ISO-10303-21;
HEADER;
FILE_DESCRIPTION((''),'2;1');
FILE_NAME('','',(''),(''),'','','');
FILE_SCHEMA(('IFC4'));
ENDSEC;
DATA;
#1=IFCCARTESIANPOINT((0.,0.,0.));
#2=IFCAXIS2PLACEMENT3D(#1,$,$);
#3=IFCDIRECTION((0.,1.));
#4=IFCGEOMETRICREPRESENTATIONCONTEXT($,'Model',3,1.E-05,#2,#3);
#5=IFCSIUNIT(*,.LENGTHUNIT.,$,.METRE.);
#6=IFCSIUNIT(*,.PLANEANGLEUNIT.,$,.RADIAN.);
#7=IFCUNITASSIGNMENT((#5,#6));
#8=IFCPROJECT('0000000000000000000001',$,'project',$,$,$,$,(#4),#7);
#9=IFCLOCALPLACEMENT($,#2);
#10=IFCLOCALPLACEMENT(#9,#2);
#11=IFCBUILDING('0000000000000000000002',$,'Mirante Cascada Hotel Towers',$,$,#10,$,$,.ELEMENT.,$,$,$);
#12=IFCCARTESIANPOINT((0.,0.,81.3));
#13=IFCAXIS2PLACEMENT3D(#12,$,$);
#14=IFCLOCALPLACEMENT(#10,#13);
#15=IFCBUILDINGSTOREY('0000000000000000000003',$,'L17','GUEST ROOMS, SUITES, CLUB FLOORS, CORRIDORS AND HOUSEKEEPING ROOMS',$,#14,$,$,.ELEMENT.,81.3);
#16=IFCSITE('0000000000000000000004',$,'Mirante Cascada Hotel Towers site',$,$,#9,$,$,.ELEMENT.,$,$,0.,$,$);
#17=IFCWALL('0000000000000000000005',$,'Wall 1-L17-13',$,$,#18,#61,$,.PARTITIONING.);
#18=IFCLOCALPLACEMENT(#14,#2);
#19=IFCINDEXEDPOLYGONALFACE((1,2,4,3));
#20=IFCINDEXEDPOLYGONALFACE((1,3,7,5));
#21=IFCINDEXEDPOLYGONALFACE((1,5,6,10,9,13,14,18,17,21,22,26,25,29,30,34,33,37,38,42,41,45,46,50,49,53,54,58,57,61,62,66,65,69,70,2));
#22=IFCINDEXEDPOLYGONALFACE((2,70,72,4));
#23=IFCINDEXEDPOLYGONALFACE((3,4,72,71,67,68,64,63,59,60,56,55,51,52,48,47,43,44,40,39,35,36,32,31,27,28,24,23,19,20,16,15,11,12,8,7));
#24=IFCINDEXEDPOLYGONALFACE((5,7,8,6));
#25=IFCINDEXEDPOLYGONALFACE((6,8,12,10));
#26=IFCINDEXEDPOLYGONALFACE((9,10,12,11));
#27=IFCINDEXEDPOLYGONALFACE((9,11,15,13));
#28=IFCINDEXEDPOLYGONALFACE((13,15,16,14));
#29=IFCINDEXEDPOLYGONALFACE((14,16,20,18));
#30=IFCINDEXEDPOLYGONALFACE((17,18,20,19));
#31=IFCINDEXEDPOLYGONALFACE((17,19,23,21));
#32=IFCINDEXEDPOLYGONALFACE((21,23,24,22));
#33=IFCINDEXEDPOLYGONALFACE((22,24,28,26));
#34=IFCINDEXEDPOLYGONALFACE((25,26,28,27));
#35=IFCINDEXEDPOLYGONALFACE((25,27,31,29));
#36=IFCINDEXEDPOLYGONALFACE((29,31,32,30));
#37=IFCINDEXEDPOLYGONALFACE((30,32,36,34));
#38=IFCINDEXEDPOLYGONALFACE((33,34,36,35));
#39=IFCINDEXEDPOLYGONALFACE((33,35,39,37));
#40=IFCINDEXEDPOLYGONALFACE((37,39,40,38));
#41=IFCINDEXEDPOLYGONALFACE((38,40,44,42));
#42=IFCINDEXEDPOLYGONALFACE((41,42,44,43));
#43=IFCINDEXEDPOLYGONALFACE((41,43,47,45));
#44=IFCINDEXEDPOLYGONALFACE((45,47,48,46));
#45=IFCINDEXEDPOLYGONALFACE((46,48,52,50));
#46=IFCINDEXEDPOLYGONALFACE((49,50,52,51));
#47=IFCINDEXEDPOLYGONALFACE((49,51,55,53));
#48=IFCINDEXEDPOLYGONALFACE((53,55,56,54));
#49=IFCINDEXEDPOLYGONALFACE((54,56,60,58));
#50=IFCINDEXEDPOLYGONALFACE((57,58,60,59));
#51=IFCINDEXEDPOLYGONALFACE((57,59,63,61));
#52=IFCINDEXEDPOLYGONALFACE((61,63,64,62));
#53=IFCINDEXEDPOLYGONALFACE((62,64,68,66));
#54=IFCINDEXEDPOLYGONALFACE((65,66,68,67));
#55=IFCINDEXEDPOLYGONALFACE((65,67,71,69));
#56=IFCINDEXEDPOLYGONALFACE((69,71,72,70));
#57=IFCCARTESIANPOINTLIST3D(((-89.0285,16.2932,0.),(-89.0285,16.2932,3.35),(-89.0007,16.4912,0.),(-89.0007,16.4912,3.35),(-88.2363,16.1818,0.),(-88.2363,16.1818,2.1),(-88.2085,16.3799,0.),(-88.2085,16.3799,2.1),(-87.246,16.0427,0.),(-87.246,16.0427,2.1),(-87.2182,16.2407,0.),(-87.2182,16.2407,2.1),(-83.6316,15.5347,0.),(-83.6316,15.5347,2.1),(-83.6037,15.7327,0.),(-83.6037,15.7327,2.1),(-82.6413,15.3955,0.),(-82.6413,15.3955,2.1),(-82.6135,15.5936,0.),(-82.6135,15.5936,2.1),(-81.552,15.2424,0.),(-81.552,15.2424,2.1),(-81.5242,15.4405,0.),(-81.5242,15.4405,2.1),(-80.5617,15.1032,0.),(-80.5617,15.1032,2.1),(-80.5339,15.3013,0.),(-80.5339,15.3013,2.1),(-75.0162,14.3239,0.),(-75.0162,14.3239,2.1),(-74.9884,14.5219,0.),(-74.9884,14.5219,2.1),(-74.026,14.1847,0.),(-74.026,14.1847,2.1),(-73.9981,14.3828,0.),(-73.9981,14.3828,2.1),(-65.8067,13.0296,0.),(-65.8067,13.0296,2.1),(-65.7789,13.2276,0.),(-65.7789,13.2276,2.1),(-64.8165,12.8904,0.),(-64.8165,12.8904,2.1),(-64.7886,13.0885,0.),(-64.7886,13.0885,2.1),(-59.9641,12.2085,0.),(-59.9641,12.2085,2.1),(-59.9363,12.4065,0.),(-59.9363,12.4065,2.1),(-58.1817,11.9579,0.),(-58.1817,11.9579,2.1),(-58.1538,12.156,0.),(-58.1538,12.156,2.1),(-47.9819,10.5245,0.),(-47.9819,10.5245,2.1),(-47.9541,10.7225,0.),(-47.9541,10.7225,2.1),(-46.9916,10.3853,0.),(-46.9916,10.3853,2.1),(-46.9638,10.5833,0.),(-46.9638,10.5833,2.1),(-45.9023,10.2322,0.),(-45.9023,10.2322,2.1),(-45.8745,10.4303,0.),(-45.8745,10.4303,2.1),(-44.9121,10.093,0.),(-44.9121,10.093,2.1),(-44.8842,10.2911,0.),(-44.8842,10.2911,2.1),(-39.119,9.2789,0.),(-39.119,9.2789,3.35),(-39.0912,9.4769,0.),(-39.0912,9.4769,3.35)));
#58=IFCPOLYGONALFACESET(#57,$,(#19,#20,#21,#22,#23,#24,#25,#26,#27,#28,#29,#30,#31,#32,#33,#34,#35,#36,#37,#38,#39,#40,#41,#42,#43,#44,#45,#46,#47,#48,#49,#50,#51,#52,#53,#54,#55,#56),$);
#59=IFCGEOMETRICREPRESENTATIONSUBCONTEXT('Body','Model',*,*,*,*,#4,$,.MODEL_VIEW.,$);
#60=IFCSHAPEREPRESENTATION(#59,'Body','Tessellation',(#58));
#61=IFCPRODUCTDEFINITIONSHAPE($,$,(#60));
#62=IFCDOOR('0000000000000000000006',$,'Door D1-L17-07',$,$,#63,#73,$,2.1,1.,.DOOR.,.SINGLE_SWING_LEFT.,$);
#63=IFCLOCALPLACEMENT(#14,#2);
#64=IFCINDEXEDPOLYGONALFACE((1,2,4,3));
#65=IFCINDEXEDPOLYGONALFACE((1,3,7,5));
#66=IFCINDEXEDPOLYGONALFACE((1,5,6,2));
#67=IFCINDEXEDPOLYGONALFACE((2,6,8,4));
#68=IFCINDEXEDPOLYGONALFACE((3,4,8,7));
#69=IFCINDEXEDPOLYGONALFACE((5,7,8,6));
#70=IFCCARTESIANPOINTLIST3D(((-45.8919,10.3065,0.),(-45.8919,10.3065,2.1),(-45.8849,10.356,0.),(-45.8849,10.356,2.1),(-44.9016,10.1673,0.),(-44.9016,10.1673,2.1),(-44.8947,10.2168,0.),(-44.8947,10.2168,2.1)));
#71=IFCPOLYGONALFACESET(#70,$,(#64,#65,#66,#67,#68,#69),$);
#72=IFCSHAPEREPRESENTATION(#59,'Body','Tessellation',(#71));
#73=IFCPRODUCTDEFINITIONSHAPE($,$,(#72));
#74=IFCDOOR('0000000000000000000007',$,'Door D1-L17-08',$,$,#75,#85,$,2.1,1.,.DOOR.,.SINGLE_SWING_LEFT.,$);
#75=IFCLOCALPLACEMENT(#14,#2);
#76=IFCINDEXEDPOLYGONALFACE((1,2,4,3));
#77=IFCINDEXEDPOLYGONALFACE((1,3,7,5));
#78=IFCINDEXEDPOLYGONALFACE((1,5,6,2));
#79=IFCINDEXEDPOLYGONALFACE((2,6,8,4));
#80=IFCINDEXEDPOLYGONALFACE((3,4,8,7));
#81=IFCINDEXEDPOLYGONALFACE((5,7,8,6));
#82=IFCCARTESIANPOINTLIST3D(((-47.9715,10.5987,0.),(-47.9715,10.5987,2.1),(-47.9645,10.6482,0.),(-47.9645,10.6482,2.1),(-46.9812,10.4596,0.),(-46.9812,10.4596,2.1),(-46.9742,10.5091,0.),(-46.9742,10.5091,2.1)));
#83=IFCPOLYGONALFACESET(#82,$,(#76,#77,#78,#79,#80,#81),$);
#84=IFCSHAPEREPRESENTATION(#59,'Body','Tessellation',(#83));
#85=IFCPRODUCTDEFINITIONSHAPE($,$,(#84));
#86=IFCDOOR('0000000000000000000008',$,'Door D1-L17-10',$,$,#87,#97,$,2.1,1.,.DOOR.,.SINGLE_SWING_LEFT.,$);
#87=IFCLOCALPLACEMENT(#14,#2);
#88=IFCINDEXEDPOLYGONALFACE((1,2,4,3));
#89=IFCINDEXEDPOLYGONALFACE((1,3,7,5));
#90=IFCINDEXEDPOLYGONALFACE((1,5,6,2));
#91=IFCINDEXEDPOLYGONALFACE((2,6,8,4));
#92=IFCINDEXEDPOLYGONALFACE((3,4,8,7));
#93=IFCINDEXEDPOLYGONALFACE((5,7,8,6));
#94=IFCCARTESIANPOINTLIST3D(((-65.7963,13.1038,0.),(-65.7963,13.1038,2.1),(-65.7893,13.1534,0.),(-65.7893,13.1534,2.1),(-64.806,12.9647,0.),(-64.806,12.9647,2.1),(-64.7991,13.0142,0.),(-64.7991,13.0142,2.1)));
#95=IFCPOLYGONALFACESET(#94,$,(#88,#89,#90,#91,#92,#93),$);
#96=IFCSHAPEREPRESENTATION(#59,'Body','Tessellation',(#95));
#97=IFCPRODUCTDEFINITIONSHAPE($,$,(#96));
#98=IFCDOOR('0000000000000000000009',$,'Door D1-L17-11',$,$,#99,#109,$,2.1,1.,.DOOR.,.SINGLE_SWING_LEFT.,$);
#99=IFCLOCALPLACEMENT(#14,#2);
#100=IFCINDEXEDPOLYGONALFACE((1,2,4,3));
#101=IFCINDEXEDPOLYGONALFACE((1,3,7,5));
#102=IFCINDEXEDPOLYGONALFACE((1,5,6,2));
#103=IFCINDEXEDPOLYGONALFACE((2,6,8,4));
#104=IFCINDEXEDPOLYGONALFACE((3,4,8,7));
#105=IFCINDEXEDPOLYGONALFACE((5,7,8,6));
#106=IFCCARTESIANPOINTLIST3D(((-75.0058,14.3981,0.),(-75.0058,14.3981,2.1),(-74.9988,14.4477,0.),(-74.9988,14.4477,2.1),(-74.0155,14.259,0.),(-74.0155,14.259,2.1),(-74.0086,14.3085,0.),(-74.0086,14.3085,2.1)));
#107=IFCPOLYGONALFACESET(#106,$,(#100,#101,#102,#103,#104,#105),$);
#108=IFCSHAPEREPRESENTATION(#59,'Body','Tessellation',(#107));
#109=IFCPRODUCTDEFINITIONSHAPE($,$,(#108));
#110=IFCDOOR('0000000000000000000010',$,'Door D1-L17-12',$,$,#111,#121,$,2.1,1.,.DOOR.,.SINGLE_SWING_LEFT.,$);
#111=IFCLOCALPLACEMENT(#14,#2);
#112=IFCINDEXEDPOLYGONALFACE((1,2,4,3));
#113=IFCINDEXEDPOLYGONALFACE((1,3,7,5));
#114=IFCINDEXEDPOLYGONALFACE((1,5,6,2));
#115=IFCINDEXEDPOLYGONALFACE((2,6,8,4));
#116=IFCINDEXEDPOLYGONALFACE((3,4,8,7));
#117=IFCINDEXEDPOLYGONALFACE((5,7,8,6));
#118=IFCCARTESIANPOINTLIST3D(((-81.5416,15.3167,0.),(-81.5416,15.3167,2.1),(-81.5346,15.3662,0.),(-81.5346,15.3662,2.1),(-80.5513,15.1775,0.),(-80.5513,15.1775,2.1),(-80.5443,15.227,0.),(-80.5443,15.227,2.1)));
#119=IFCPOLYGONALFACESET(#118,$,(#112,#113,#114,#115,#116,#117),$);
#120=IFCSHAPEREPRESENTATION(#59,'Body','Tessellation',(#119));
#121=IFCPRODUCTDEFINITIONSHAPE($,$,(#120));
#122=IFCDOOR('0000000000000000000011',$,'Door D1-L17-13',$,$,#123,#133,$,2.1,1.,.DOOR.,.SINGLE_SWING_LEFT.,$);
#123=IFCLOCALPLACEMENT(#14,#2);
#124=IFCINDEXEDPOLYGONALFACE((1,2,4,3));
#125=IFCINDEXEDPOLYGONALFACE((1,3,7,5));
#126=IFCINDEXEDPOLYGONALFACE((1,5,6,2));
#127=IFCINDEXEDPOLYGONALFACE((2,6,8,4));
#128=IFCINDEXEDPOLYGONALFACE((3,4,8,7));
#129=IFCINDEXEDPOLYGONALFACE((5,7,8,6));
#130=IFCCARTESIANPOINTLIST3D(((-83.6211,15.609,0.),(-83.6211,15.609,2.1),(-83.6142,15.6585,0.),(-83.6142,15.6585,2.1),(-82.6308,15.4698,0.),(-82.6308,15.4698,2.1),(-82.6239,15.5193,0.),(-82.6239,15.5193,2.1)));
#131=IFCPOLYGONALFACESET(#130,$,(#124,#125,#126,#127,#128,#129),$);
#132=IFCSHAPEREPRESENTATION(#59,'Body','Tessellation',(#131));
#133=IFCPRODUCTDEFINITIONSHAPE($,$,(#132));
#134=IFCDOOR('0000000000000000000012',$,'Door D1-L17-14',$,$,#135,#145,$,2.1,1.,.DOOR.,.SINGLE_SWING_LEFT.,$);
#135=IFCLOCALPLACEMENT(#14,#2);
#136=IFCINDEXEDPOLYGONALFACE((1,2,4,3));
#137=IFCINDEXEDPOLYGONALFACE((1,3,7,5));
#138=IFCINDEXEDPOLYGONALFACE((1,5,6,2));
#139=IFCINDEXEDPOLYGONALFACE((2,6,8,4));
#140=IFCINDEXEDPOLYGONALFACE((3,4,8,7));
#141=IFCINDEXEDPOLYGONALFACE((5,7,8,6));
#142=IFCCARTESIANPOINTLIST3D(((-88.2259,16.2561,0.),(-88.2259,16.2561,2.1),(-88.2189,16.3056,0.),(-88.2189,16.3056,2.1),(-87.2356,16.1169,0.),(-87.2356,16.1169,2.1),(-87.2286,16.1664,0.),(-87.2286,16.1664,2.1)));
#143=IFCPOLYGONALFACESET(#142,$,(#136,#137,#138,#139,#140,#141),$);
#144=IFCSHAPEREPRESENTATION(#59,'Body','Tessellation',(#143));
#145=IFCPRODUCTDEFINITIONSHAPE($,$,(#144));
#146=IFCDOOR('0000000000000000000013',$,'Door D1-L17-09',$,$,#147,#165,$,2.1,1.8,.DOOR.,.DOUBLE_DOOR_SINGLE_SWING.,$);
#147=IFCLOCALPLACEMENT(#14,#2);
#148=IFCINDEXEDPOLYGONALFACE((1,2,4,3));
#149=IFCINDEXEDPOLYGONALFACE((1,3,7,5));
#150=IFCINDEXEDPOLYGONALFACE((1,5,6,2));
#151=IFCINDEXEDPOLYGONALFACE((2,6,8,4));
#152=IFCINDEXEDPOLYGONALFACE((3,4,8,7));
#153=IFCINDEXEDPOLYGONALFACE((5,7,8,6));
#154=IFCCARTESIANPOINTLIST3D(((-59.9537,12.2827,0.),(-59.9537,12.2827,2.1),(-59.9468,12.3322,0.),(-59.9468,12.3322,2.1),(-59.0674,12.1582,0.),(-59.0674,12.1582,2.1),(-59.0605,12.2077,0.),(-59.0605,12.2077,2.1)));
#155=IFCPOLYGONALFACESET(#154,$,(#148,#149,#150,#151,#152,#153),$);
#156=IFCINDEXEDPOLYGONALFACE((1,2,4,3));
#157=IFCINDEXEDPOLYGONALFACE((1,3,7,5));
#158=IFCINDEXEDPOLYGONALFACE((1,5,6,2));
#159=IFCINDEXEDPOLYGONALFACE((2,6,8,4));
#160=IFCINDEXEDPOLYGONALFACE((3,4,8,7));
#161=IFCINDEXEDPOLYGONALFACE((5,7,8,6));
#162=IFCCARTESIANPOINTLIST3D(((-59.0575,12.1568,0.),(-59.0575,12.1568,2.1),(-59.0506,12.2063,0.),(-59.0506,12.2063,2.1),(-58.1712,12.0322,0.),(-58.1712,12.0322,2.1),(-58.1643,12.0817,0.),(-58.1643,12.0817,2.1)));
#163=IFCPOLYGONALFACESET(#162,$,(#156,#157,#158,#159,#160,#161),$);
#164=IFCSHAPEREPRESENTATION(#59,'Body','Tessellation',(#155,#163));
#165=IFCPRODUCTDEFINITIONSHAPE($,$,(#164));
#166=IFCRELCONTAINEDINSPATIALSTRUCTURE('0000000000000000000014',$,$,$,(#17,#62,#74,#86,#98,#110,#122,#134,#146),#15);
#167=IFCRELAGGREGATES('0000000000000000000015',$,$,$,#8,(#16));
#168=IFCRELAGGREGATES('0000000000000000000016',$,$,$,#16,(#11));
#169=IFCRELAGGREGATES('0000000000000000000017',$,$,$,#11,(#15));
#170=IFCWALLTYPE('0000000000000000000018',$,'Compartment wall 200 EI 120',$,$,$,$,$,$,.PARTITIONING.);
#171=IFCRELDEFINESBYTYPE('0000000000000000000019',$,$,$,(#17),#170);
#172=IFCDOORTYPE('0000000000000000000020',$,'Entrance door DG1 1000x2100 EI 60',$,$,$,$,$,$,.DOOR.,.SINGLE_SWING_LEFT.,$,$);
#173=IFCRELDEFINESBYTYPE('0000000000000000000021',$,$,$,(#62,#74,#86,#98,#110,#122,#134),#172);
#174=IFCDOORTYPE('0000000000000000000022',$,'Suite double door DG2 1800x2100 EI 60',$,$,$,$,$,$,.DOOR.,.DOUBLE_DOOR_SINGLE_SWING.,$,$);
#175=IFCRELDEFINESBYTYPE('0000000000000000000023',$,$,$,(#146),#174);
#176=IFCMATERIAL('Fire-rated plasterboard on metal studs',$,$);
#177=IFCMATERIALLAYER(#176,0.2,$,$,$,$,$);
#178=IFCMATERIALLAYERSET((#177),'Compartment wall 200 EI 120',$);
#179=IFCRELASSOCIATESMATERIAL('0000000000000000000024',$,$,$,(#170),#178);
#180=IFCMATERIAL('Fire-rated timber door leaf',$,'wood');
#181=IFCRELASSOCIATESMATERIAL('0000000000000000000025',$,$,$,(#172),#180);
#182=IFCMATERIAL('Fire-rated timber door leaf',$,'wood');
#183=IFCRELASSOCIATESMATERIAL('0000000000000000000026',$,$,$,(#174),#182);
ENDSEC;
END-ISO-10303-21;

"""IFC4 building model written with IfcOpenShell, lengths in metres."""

from ifc_helpers import new_model, si_unit, direction, frame, frame_2d, origin, place, context, subcontext, project, spatial, rectangle, extrude, material, layer, layer_set, type_object, element, fill, save


model = new_model("IFC4")

# Units and contexts
model_context = context("Model", 3, precision=1e-05, world=origin(), true_north=direction((0.0, 1.0)))
body_context = subcontext(model_context, "Body", "Model", "MODEL_VIEW")
ifc_project = project(units=[si_unit("LENGTHUNIT", "METRE"), si_unit("PLANEANGLEUNIT", "RADIAN")], contexts=[model_context])

# Site, building, storey
site_placement = place(None, origin())
site = spatial("IfcSite", under=ifc_project, at=site_placement, Name="Mirante Cascada Hotel Towers site", CompositionType="ELEMENT", RefElevation=0.0)
building_placement = place(site_placement, origin())
building = spatial("IfcBuilding", under=site, at=building_placement, Name="Mirante Cascada Hotel Towers", CompositionType="ELEMENT")
storey_placement = place(building_placement, frame((0.0, 0.0, 81.3)))
storey = spatial("IfcBuildingStorey", under=building, at=storey_placement, Name="L17", Description="GUEST ROOMS, SUITES, CLUB FLOORS, CORRIDORS AND HOUSEKEEPING ROOMS", CompositionType="ELEMENT", Elevation=81.3)

# Wall, openings, doors
ifc_material_1 = material(Name="Fire-rated plasterboard on metal studs")
ifc_layer_1 = layer(ifc_material_1, 0.2)
ifc_layer_set_1 = layer_set([ifc_layer_1], Name="Compartment wall 200 EI 120")
wall_type_1 = type_object("IfcWallType", Name="Compartment wall 200 EI 120", PredefinedType="PARTITIONING", material=ifc_layer_set_1)
wall_1_placement = place(storey_placement, frame((-89.0146, 16.3922, 0.0), z_axis=(0.0, 0.0, 1.0), x_axis=(0.990268, -0.139173, 0.0)))
wall_1 = element("IfcWall", 1, at=wall_1_placement, inside=storey, type_object=wall_type_1, Name="Wall 1-L17-13", PredefinedType="PARTITIONING", context=body_context, shape_type="SweptSolid", body=[
    extrude(rectangle(XDim=50.4, YDim=0.2, at=frame_2d((25.2, 0.0))), origin(), (0.0, 0.0, 1.0), 3.35),
])
opening_1_placement = place(wall_1_placement, frame((43.55, 0.0, 0.0)))
opening_1 = element("IfcOpeningElement", 2, at=opening_1_placement, cuts=wall_1, PredefinedType="OPENING", context=body_context, shape_type="SweptSolid", body=[
    extrude(rectangle(XDim=1.0, YDim=2.1, at=frame_2d((0.5, 1.05))), frame((0.0, 0.1, 0.0), z_axis=(0.0, -1.0, 0.0), x_axis=(1.0, 0.0, 0.0)), (0.0, 0.0, 1.0), 0.2),
])
opening_2_placement = place(wall_1_placement, frame((41.45, 0.0, 0.0)))
opening_2 = element("IfcOpeningElement", 3, at=opening_2_placement, cuts=wall_1, PredefinedType="OPENING", context=body_context, shape_type="SweptSolid", body=[
    extrude(rectangle(XDim=1.0, YDim=2.1, at=frame_2d((0.5, 1.05))), frame((0.0, 0.1, 0.0), z_axis=(0.0, -1.0, 0.0), x_axis=(1.0, 0.0, 0.0)), (0.0, 0.0, 1.0), 0.2),
])
opening_3_placement = place(wall_1_placement, frame((29.35, 0.0, 0.0)))
opening_3 = element("IfcOpeningElement", 4, at=opening_3_placement, cuts=wall_1, PredefinedType="OPENING", context=body_context, shape_type="SweptSolid", body=[
    extrude(rectangle(XDim=1.8, YDim=2.1, at=frame_2d((0.9, 1.05))), frame((0.0, 0.1, 0.0), z_axis=(0.0, -1.0, 0.0), x_axis=(1.0, 0.0, 0.0)), (0.0, 0.0, 1.0), 0.2),
])
opening_4_placement = place(wall_1_placement, frame((23.45, 0.0, 0.0)))
opening_4 = element("IfcOpeningElement", 5, at=opening_4_placement, cuts=wall_1, PredefinedType="OPENING", context=body_context, shape_type="SweptSolid", body=[
    extrude(rectangle(XDim=1.0, YDim=2.1, at=frame_2d((0.5, 1.05))), frame((0.0, 0.1, 0.0), z_axis=(0.0, -1.0, 0.0), x_axis=(1.0, 0.0, 0.0)), (0.0, 0.0, 1.0), 0.2),
])
opening_5_placement = place(wall_1_placement, frame((14.15, 0.0, 0.0)))
opening_5 = element("IfcOpeningElement", 6, at=opening_5_placement, cuts=wall_1, PredefinedType="OPENING", context=body_context, shape_type="SweptSolid", body=[
    extrude(rectangle(XDim=1.0, YDim=2.1, at=frame_2d((0.5, 1.05))), frame((0.0, 0.1, 0.0), z_axis=(0.0, -1.0, 0.0), x_axis=(1.0, 0.0, 0.0)), (0.0, 0.0, 1.0), 0.2),
])
opening_6_placement = place(wall_1_placement, frame((7.55, 0.0, 0.0)))
opening_6 = element("IfcOpeningElement", 7, at=opening_6_placement, cuts=wall_1, PredefinedType="OPENING", context=body_context, shape_type="SweptSolid", body=[
    extrude(rectangle(XDim=1.0, YDim=2.1, at=frame_2d((0.5, 1.05))), frame((0.0, 0.1, 0.0), z_axis=(0.0, -1.0, 0.0), x_axis=(1.0, 0.0, 0.0)), (0.0, 0.0, 1.0), 0.2),
])
opening_7_placement = place(wall_1_placement, frame((5.45, 0.0, 0.0)))
opening_7 = element("IfcOpeningElement", 8, at=opening_7_placement, cuts=wall_1, PredefinedType="OPENING", context=body_context, shape_type="SweptSolid", body=[
    extrude(rectangle(XDim=1.0, YDim=2.1, at=frame_2d((0.5, 1.05))), frame((0.0, 0.1, 0.0), z_axis=(0.0, -1.0, 0.0), x_axis=(1.0, 0.0, 0.0)), (0.0, 0.0, 1.0), 0.2),
])
opening_8_placement = place(wall_1_placement, frame((0.8, 0.0, 0.0)))
opening_8 = element("IfcOpeningElement", 9, at=opening_8_placement, cuts=wall_1, PredefinedType="OPENING", context=body_context, shape_type="SweptSolid", body=[
    extrude(rectangle(XDim=1.0, YDim=2.1, at=frame_2d((0.5, 1.05))), frame((0.0, 0.1, 0.0), z_axis=(0.0, -1.0, 0.0), x_axis=(1.0, 0.0, 0.0)), (0.0, 0.0, 1.0), 0.2),
])
ifc_material_2 = material(Name="Fire-rated timber door leaf", Category="wood")
door_type_1 = type_object("IfcDoorType", Name="Entrance door DG1 1000x2100 EI 60", OperationType="SINGLE_SWING_LEFT", PredefinedType="DOOR", material=ifc_material_2)
door_1_placement = place(opening_1_placement, origin())
door_1 = element("IfcDoor", 10, at=door_1_placement, inside=storey, type_object=door_type_1, Name="Door D1-L17-07", OperationType="SINGLE_SWING_LEFT", OverallHeight=2.1, OverallWidth=1.0, PredefinedType="DOOR", context=body_context, shape_type="SweptSolid", body=[
    extrude(rectangle(XDim=1.0, YDim=2.1, at=frame_2d((0.5, 1.05))), frame((0.0, 0.025, 0.0), z_axis=(0.0, -1.0, 0.0), x_axis=(1.0, 0.0, 0.0)), (0.0, 0.0, 1.0), 0.05),
])
fill(opening_1, door_1)
door_2_placement = place(opening_2_placement, origin())
door_2 = element("IfcDoor", 11, at=door_2_placement, inside=storey, type_object=door_type_1, Name="Door D1-L17-08", OperationType="SINGLE_SWING_LEFT", OverallHeight=2.1, OverallWidth=1.0, PredefinedType="DOOR", context=body_context, shape_type="SweptSolid", body=[
    extrude(rectangle(XDim=1.0, YDim=2.1, at=frame_2d((0.5, 1.05))), frame((0.0, 0.025, 0.0), z_axis=(0.0, -1.0, 0.0), x_axis=(1.0, 0.0, 0.0)), (0.0, 0.0, 1.0), 0.05),
])
fill(opening_2, door_2)
door_3_placement = place(opening_4_placement, origin())
door_3 = element("IfcDoor", 12, at=door_3_placement, inside=storey, type_object=door_type_1, Name="Door D1-L17-10", OperationType="SINGLE_SWING_LEFT", OverallHeight=2.1, OverallWidth=1.0, PredefinedType="DOOR", context=body_context, shape_type="SweptSolid", body=[
    extrude(rectangle(XDim=1.0, YDim=2.1, at=frame_2d((0.5, 1.05))), frame((0.0, 0.025, 0.0), z_axis=(0.0, -1.0, 0.0), x_axis=(1.0, 0.0, 0.0)), (0.0, 0.0, 1.0), 0.05),
])
fill(opening_4, door_3)
door_4_placement = place(opening_5_placement, origin())
door_4 = element("IfcDoor", 13, at=door_4_placement, inside=storey, type_object=door_type_1, Name="Door D1-L17-11", OperationType="SINGLE_SWING_LEFT", OverallHeight=2.1, OverallWidth=1.0, PredefinedType="DOOR", context=body_context, shape_type="SweptSolid", body=[
    extrude(rectangle(XDim=1.0, YDim=2.1, at=frame_2d((0.5, 1.05))), frame((0.0, 0.025, 0.0), z_axis=(0.0, -1.0, 0.0), x_axis=(1.0, 0.0, 0.0)), (0.0, 0.0, 1.0), 0.05),
])
fill(opening_5, door_4)
door_5_placement = place(opening_6_placement, origin())
door_5 = element("IfcDoor", 14, at=door_5_placement, inside=storey, type_object=door_type_1, Name="Door D1-L17-12", OperationType="SINGLE_SWING_LEFT", OverallHeight=2.1, OverallWidth=1.0, PredefinedType="DOOR", context=body_context, shape_type="SweptSolid", body=[
    extrude(rectangle(XDim=1.0, YDim=2.1, at=frame_2d((0.5, 1.05))), frame((0.0, 0.025, 0.0), z_axis=(0.0, -1.0, 0.0), x_axis=(1.0, 0.0, 0.0)), (0.0, 0.0, 1.0), 0.05),
])
fill(opening_6, door_5)
door_6_placement = place(opening_7_placement, origin())
door_6 = element("IfcDoor", 15, at=door_6_placement, inside=storey, type_object=door_type_1, Name="Door D1-L17-13", OperationType="SINGLE_SWING_LEFT", OverallHeight=2.1, OverallWidth=1.0, PredefinedType="DOOR", context=body_context, shape_type="SweptSolid", body=[
    extrude(rectangle(XDim=1.0, YDim=2.1, at=frame_2d((0.5, 1.05))), frame((0.0, 0.025, 0.0), z_axis=(0.0, -1.0, 0.0), x_axis=(1.0, 0.0, 0.0)), (0.0, 0.0, 1.0), 0.05),
])
fill(opening_7, door_6)
door_7_placement = place(opening_8_placement, origin())
door_7 = element("IfcDoor", 16, at=door_7_placement, inside=storey, type_object=door_type_1, Name="Door D1-L17-14", OperationType="SINGLE_SWING_LEFT", OverallHeight=2.1, OverallWidth=1.0, PredefinedType="DOOR", context=body_context, shape_type="SweptSolid", body=[
    extrude(rectangle(XDim=1.0, YDim=2.1, at=frame_2d((0.5, 1.05))), frame((0.0, 0.025, 0.0), z_axis=(0.0, -1.0, 0.0), x_axis=(1.0, 0.0, 0.0)), (0.0, 0.0, 1.0), 0.05),
])
fill(opening_8, door_7)
ifc_material_3 = material(Name="Fire-rated timber door leaf", Category="wood")
door_type_2 = type_object("IfcDoorType", Name="Suite double door DG2 1800x2100 EI 60", OperationType="DOUBLE_DOOR_SINGLE_SWING", PredefinedType="DOOR", material=ifc_material_3)
door_8_placement = place(opening_3_placement, origin())
door_8 = element("IfcDoor", 17, at=door_8_placement, inside=storey, type_object=door_type_2, Name="Door D1-L17-09", OperationType="DOUBLE_DOOR_SINGLE_SWING", OverallHeight=2.1, OverallWidth=1.8, PredefinedType="DOOR", context=body_context, shape_type="SweptSolid", body=[
    extrude(rectangle(XDim=0.895, YDim=2.1, at=frame_2d((0.4475, 1.05))), frame((0.0, 0.025, 0.0), z_axis=(0.0, -1.0, 0.0), x_axis=(1.0, 0.0, 0.0)), (0.0, 0.0, 1.0), 0.05),
    extrude(rectangle(XDim=0.895, YDim=2.1, at=frame_2d((1.3525, 1.05))), frame((0.0, 0.025, 0.0), z_axis=(0.0, -1.0, 0.0), x_axis=(1.0, 0.0, 0.0)), (0.0, 0.0, 1.0), 0.05),
])
fill(opening_3, door_8)

save(model, "model.ifc")
